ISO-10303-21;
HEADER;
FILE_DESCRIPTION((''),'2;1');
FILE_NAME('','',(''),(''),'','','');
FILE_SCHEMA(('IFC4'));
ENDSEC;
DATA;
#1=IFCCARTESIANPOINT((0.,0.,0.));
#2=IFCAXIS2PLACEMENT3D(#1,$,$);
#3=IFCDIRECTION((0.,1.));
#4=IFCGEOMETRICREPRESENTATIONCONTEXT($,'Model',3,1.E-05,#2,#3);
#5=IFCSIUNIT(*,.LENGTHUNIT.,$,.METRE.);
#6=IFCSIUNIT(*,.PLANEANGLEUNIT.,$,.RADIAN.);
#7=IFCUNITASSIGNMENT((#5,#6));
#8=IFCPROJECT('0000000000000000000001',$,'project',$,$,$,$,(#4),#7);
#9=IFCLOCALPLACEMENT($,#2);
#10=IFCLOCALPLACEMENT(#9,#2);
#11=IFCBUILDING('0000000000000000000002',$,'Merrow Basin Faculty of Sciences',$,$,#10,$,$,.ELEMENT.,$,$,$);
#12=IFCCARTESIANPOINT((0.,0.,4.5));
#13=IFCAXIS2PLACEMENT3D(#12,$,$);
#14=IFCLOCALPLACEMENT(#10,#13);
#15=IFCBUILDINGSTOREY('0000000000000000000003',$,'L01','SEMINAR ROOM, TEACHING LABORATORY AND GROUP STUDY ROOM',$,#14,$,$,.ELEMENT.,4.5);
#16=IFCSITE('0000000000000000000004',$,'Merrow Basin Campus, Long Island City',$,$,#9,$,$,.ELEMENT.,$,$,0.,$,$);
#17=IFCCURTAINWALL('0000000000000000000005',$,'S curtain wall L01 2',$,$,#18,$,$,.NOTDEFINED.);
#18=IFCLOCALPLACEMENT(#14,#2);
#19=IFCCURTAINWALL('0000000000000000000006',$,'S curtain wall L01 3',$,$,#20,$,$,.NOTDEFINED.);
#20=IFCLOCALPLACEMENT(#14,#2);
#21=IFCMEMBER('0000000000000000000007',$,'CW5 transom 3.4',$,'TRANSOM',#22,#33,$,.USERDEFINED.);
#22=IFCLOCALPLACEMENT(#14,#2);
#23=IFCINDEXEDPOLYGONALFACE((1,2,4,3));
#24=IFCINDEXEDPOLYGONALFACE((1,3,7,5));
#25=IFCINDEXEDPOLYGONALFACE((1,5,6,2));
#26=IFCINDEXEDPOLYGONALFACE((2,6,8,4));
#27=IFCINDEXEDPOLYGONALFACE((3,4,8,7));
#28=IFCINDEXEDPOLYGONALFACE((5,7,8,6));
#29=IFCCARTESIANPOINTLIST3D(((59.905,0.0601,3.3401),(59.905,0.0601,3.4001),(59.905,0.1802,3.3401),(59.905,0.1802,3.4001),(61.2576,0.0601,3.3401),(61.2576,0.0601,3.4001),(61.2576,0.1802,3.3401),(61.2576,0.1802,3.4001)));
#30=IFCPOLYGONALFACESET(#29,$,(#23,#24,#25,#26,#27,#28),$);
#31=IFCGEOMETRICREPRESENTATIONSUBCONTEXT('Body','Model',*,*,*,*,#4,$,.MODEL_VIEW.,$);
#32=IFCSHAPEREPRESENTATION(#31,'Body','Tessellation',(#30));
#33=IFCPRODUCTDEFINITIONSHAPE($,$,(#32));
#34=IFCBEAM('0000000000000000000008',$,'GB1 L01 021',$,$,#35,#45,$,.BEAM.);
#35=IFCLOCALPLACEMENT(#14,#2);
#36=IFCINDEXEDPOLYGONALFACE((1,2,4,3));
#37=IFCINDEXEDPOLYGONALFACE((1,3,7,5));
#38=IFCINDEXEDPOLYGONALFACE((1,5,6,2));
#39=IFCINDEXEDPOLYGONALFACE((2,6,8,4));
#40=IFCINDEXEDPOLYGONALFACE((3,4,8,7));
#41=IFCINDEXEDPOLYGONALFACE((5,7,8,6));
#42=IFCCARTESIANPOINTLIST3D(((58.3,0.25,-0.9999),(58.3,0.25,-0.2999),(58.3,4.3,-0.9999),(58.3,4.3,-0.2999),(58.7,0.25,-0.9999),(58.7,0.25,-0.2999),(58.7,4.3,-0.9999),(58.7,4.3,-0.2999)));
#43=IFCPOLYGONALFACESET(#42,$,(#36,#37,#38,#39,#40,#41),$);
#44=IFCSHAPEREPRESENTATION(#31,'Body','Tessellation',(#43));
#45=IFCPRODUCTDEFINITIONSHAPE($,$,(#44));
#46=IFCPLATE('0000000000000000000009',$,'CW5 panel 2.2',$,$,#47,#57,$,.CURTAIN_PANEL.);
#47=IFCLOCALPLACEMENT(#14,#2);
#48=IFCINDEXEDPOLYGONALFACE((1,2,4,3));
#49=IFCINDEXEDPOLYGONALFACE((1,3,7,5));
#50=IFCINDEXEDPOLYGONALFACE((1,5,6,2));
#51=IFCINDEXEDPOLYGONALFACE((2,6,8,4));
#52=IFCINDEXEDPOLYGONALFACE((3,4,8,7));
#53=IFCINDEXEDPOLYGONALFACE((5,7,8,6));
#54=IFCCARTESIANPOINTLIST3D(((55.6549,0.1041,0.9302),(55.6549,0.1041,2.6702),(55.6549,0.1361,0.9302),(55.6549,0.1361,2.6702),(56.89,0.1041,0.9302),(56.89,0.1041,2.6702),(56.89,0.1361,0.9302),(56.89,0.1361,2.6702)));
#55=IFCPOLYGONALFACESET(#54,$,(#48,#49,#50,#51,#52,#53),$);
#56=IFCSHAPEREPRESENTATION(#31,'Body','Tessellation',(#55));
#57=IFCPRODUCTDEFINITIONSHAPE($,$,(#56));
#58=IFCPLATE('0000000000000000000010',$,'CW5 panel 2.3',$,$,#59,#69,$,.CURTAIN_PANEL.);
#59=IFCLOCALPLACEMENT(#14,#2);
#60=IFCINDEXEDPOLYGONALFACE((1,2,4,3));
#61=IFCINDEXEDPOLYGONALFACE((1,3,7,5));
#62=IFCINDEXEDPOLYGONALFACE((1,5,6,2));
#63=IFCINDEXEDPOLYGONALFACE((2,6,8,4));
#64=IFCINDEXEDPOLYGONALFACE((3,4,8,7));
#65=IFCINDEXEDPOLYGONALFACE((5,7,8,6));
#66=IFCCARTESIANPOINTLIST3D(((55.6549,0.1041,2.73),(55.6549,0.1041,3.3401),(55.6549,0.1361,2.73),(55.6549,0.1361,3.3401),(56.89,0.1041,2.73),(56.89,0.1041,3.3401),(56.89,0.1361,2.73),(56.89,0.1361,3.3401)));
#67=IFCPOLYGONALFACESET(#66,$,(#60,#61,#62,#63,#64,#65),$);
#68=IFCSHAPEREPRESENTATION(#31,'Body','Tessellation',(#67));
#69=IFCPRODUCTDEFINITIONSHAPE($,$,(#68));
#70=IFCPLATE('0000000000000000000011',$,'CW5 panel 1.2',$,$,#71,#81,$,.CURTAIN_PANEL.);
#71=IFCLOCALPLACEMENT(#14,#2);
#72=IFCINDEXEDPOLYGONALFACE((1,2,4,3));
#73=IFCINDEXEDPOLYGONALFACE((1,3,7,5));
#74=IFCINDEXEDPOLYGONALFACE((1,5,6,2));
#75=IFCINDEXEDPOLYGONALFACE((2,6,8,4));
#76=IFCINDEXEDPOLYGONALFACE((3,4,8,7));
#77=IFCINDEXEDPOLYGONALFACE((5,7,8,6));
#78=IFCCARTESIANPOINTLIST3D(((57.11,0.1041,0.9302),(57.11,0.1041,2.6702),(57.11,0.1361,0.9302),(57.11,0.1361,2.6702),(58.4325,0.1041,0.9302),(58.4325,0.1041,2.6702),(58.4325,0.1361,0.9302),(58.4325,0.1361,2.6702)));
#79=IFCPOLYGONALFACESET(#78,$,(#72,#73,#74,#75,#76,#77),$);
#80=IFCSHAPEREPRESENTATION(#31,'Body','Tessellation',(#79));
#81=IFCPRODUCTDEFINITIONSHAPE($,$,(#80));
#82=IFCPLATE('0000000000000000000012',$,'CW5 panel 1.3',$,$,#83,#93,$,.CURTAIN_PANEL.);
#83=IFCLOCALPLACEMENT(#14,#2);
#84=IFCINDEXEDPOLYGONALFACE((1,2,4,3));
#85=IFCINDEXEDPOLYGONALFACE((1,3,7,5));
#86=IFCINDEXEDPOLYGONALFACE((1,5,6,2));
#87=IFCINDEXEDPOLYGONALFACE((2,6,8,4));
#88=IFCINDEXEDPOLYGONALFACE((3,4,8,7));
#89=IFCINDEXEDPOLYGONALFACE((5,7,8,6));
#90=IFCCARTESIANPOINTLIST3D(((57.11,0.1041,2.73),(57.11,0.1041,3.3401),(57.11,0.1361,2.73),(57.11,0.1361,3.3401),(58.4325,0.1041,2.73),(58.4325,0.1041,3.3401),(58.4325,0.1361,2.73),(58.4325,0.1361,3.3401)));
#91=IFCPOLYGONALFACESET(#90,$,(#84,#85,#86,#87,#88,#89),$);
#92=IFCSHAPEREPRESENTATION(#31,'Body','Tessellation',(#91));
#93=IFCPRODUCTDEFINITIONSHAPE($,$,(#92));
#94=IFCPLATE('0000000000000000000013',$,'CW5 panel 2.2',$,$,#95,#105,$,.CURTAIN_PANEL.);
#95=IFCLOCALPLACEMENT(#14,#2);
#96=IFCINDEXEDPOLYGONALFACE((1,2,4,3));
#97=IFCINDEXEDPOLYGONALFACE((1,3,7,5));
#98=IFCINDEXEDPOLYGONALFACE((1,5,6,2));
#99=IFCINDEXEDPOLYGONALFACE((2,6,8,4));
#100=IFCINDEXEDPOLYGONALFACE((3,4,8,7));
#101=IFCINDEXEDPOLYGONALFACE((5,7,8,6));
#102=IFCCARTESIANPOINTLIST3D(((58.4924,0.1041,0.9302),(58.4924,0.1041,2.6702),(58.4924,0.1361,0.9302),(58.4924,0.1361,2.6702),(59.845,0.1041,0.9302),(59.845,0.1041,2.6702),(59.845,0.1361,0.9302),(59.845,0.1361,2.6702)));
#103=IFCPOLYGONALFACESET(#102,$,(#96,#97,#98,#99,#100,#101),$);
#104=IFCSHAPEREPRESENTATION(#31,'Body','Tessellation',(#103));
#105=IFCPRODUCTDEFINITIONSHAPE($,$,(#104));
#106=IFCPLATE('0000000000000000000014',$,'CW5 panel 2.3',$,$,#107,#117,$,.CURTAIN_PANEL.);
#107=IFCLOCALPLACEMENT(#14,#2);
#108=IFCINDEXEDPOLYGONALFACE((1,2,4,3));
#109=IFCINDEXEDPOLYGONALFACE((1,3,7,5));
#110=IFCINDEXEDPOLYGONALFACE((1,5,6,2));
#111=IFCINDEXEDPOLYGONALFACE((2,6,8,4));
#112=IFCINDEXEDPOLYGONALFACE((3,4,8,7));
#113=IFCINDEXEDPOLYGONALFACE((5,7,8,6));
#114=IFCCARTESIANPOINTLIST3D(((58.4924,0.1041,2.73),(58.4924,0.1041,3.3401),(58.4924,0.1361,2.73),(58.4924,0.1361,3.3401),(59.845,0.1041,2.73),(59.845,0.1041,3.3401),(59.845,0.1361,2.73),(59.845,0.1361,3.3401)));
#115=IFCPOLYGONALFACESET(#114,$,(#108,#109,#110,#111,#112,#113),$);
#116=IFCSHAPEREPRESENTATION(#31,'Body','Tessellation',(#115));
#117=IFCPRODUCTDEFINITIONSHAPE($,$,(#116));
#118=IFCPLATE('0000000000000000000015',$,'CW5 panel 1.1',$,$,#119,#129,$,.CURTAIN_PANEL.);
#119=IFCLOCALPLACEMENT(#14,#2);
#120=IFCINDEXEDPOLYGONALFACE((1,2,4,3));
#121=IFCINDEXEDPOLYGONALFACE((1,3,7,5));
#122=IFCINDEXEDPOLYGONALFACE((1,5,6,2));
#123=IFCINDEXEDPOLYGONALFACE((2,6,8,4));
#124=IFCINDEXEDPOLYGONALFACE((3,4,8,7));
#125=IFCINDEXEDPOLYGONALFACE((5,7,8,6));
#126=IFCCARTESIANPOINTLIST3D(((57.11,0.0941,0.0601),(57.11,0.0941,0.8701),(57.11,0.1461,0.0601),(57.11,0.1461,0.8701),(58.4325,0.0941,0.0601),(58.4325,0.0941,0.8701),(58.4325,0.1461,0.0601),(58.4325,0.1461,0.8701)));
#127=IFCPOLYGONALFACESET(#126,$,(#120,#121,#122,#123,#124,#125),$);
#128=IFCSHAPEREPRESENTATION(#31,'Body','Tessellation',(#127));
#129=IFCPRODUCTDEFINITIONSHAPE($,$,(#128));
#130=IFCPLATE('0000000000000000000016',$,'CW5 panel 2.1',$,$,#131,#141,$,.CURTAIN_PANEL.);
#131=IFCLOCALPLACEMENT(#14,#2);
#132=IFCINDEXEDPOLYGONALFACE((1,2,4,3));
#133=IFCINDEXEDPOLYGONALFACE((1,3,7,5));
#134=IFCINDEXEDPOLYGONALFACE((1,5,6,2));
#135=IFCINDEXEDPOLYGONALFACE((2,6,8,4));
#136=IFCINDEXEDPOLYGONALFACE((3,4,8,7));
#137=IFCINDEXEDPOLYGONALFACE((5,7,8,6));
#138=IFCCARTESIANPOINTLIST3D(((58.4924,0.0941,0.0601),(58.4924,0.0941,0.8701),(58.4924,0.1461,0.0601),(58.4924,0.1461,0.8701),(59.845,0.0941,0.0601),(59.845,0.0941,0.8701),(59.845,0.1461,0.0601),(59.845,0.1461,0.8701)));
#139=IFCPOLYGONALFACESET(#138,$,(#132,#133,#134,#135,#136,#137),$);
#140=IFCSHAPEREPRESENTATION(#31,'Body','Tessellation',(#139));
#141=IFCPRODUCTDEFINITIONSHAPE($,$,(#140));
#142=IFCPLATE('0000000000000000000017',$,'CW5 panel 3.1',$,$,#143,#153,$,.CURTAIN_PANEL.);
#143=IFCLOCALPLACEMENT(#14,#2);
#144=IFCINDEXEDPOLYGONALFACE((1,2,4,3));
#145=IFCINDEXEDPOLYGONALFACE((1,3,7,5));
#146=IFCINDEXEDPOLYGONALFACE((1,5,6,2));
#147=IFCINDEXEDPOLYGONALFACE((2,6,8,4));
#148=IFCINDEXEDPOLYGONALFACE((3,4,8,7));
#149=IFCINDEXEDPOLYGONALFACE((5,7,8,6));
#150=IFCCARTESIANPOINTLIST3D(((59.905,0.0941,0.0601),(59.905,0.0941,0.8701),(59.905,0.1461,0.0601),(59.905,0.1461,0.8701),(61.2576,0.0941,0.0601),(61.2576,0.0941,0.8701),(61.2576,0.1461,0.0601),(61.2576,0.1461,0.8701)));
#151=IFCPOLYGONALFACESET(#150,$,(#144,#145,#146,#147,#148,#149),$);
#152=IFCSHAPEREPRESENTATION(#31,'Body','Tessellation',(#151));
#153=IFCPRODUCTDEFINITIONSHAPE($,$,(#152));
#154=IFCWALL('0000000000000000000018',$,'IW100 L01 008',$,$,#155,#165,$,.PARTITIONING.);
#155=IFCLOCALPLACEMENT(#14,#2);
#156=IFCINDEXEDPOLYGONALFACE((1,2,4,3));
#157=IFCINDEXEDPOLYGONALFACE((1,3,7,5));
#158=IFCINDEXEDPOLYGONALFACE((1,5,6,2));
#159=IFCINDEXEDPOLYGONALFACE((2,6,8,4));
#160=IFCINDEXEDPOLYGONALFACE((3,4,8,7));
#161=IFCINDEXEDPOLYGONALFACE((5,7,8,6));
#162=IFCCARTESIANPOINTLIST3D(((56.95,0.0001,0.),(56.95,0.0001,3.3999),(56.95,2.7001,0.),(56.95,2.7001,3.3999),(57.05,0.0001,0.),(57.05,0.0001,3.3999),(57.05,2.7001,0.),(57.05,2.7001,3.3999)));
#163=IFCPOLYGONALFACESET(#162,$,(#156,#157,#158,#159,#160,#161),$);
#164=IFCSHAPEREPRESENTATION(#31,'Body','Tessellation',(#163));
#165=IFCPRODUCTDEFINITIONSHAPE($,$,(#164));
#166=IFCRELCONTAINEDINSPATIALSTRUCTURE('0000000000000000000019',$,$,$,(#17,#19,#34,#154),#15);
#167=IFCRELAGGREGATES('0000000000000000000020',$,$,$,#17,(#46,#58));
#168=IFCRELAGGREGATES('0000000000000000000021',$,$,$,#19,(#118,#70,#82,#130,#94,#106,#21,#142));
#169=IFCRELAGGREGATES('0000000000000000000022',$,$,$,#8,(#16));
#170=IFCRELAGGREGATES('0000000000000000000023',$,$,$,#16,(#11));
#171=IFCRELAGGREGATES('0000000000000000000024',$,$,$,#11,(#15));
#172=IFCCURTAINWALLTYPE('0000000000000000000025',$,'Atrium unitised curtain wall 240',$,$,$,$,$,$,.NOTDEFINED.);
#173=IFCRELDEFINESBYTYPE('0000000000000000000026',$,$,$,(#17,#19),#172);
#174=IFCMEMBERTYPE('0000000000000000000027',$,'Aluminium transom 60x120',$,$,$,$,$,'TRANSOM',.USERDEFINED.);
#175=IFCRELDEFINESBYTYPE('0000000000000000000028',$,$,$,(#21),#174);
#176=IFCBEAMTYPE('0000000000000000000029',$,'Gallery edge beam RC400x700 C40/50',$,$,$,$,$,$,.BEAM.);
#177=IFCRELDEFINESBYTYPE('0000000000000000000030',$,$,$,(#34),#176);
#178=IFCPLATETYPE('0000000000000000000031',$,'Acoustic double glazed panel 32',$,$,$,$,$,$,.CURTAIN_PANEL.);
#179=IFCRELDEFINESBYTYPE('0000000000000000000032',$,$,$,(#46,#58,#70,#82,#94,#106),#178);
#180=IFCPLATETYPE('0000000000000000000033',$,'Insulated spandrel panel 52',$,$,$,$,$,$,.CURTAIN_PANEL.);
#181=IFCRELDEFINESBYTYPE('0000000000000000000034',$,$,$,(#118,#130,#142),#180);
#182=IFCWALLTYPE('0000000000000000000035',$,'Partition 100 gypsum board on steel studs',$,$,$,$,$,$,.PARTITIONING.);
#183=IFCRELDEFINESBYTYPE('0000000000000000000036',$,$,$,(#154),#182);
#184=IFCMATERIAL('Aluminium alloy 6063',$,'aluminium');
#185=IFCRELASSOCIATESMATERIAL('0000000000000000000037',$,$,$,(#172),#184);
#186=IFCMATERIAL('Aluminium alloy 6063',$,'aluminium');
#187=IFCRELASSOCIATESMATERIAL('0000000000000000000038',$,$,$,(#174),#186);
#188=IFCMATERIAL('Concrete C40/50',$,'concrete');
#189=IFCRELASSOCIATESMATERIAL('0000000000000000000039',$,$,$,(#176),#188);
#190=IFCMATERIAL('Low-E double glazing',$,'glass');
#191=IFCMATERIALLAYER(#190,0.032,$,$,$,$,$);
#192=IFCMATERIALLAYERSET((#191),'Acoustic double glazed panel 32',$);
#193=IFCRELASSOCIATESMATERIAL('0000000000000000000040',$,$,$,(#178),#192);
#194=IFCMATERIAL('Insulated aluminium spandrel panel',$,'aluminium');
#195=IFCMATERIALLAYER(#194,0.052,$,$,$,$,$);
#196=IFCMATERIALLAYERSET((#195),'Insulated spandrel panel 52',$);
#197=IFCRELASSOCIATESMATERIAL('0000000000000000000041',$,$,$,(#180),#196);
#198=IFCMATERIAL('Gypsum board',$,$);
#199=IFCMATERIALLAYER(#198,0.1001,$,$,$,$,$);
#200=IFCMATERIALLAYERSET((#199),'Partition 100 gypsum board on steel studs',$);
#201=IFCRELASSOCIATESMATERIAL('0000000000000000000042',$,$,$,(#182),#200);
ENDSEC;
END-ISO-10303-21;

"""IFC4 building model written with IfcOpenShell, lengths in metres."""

from ifc_helpers import new_model, si_unit, direction, frame, frame_2d, origin, origin_2d, place, context, subcontext, project, spatial, rectangle, extrude, material, layer, layer_set, material_profile, profile_set, type_object, element, aggregate, save


model = new_model("IFC4")

# Units and contexts
model_context = context("Model", 3, precision=1e-05, world=origin(), true_north=direction((0.0, 1.0)))
body_context = subcontext(model_context, "Body", "Model", "MODEL_VIEW")
ifc_project = project(units=[si_unit("LENGTHUNIT", "METRE"), si_unit("PLANEANGLEUNIT", "RADIAN")], contexts=[model_context])

# Site, building, storey
site_placement = place(None, origin())
site = spatial("IfcSite", under=ifc_project, at=site_placement, Name="Merrow Basin Campus, Long Island City", CompositionType="ELEMENT", RefElevation=0.0)
building_placement = place(site_placement, origin())
building = spatial("IfcBuilding", under=site, at=building_placement, Name="Merrow Basin Faculty of Sciences", CompositionType="ELEMENT")
storey_placement = place(building_placement, frame((0.0, 0.0, 4.5)))
storey = spatial("IfcBuildingStorey", under=building, at=storey_placement, Name="L01", Description="SEMINAR ROOM, TEACHING LABORATORY AND GROUP STUDY ROOM", CompositionType="ELEMENT", Elevation=4.5)

# Curtain wall
ifc_material_1 = material(Name="Aluminium alloy 6063", Category="aluminium")
curtain_wall_type = type_object("IfcCurtainWallType", Name="Atrium unitised curtain wall 240", PredefinedType="NOTDEFINED", material=ifc_material_1)
curtain_wall_1_placement = place(storey_placement, origin())
curtain_wall_1 = element("IfcCurtainWall", 1, at=curtain_wall_1_placement, inside=storey, type_object=curtain_wall_type, Name="S curtain wall L01 2", PredefinedType="NOTDEFINED")

# Curtain wall, member
curtain_wall_2_placement = place(storey_placement, origin())
curtain_wall_2 = element("IfcCurtainWall", 2, at=curtain_wall_2_placement, inside=storey, type_object=curtain_wall_type, Name="S curtain wall L01 3", PredefinedType="NOTDEFINED")
ifc_material_2 = material(Name="Aluminium alloy 6063", Category="aluminium")
ifc_material_profile_1 = material_profile(ifc_material_2, rectangle(XDim=0.1201, YDim=0.0601, at=origin_2d()))
ifc_profile_set_1 = profile_set([ifc_material_profile_1], Name="Aluminium alloy 6063")
member_type_1 = type_object("IfcMemberType", Name="Aluminium transom 60x120", ElementType="TRANSOM", PredefinedType="USERDEFINED", material=ifc_profile_set_1)
member_1_placement = place(storey_placement, frame((59.905, 0.1201, 3.3701), z_axis=(1.0, 0.0, 0.0), x_axis=(0.0, 1.0, 0.0)))
member_1 = element("IfcMember", 3, at=member_1_placement, type_object=member_type_1, Name="CW5 transom 3.4", ObjectType="TRANSOM", PredefinedType="USERDEFINED", context=body_context, shape_type="SweptSolid", body=[
    extrude(rectangle(XDim=0.1201, YDim=0.0601, at=origin_2d()), origin(), (0.0, 0.0, 1.0), 1.3525),
])

# Beam
ifc_material_3 = material(Name="Concrete C40/50", Category="concrete")
ifc_material_profile_2 = material_profile(ifc_material_3, rectangle(XDim=0.3999, YDim=0.7, at=origin_2d()))
ifc_profile_set_2 = profile_set([ifc_material_profile_2], Name="Concrete C40/50")
beam_type = type_object("IfcBeamType", Name="Gallery edge beam RC400x700 C40/50", PredefinedType="BEAM", material=ifc_profile_set_2)
beam_placement = place(storey_placement, frame((58.5, 0.25, -0.6499), z_axis=(0.0, 1.0, 0.0), x_axis=(-1.0, 0.0, 0.0)))
element("IfcBeam", 4, at=beam_placement, inside=storey, type_object=beam_type, Name="GB1 L01 021", PredefinedType="BEAM", context=body_context, shape_type="SweptSolid", body=[
    extrude(rectangle(XDim=0.3999, YDim=0.7, at=origin_2d()), origin(), (0.0, 0.0, 1.0), 4.05),
])

# Plates
ifc_material_4 = material(Name="Low-E double glazing", Category="glass")
ifc_layer_1 = layer(ifc_material_4, 0.032)
ifc_layer_set_1 = layer_set([ifc_layer_1], Name="Acoustic double glazed panel 32")
plate_type_1 = type_object("IfcPlateType", Name="Acoustic double glazed panel 32", PredefinedType="CURTAIN_PANEL", material=ifc_layer_set_1)
plate_1_placement = place(storey_placement, frame((56.2725, 0.1201, 0.9302), z_axis=(0.0, 0.0, 1.0), x_axis=(1.0, 0.0, 0.0)))
plate_1 = element("IfcPlate", 5, at=plate_1_placement, type_object=plate_type_1, Name="CW5 panel 2.2", PredefinedType="CURTAIN_PANEL", context=body_context, shape_type="SweptSolid", body=[
    extrude(rectangle(XDim=1.2351, YDim=0.032, at=origin_2d()), origin(), (0.0, 0.0, 1.0), 1.74),
])
plate_2_placement = place(storey_placement, frame((56.2725, 0.1201, 2.73), z_axis=(0.0, 0.0, 1.0), x_axis=(1.0, 0.0, 0.0)))
plate_2 = element("IfcPlate", 6, at=plate_2_placement, type_object=plate_type_1, Name="CW5 panel 2.3", PredefinedType="CURTAIN_PANEL", context=body_context, shape_type="SweptSolid", body=[
    extrude(rectangle(XDim=1.2351, YDim=0.032, at=origin_2d()), origin(), (0.0, 0.0, 1.0), 0.6101),
])
aggregate(curtain_wall_1, [plate_1, plate_2])
plate_3_placement = place(storey_placement, frame((57.7712, 0.1201, 0.9302), z_axis=(0.0, 0.0, 1.0), x_axis=(1.0, 0.0, 0.0)))
plate_3 = element("IfcPlate", 7, at=plate_3_placement, type_object=plate_type_1, Name="CW5 panel 1.2", PredefinedType="CURTAIN_PANEL", context=body_context, shape_type="SweptSolid", body=[
    extrude(rectangle(XDim=1.3225, YDim=0.032, at=origin_2d()), origin(), (0.0, 0.0, 1.0), 1.74),
])
plate_4_placement = place(storey_placement, frame((57.7712, 0.1201, 2.73), z_axis=(0.0, 0.0, 1.0), x_axis=(1.0, 0.0, 0.0)))
plate_4 = element("IfcPlate", 8, at=plate_4_placement, type_object=plate_type_1, Name="CW5 panel 1.3", PredefinedType="CURTAIN_PANEL", context=body_context, shape_type="SweptSolid", body=[
    extrude(rectangle(XDim=1.3225, YDim=0.032, at=origin_2d()), origin(), (0.0, 0.0, 1.0), 0.6101),
])
plate_5_placement = place(storey_placement, frame((59.1687, 0.1201, 0.9302), z_axis=(0.0, 0.0, 1.0), x_axis=(1.0, 0.0, 0.0)))
plate_5 = element("IfcPlate", 9, at=plate_5_placement, type_object=plate_type_1, Name="CW5 panel 2.2", PredefinedType="CURTAIN_PANEL", context=body_context, shape_type="SweptSolid", body=[
    extrude(rectangle(XDim=1.3525, YDim=0.032, at=origin_2d()), origin(), (0.0, 0.0, 1.0), 1.74),
])
plate_6_placement = place(storey_placement, frame((59.1687, 0.1201, 2.73), z_axis=(0.0, 0.0, 1.0), x_axis=(1.0, 0.0, 0.0)))
plate_6 = element("IfcPlate", 10, at=plate_6_placement, type_object=plate_type_1, Name="CW5 panel 2.3", PredefinedType="CURTAIN_PANEL", context=body_context, shape_type="SweptSolid", body=[
    extrude(rectangle(XDim=1.3525, YDim=0.032, at=origin_2d()), origin(), (0.0, 0.0, 1.0), 0.6101),
])
ifc_material_5 = material(Name="Insulated aluminium spandrel panel", Category="aluminium")
ifc_layer_2 = layer(ifc_material_5, 0.052)
ifc_layer_set_2 = layer_set([ifc_layer_2], Name="Insulated spandrel panel 52")
plate_type_2 = type_object("IfcPlateType", Name="Insulated spandrel panel 52", PredefinedType="CURTAIN_PANEL", material=ifc_layer_set_2)
plate_7_placement = place(storey_placement, frame((57.7712, 0.1201, 0.0601), z_axis=(0.0, 0.0, 1.0), x_axis=(1.0, 0.0, 0.0)))
plate_7 = element("IfcPlate", 11, at=plate_7_placement, type_object=plate_type_2, Name="CW5 panel 1.1", PredefinedType="CURTAIN_PANEL", context=body_context, shape_type="SweptSolid", body=[
    extrude(rectangle(XDim=1.3225, YDim=0.052, at=origin_2d()), origin(), (0.0, 0.0, 1.0), 0.8101),
])
plate_8_placement = place(storey_placement, frame((59.1687, 0.1201, 0.0601), z_axis=(0.0, 0.0, 1.0), x_axis=(1.0, 0.0, 0.0)))
plate_8 = element("IfcPlate", 12, at=plate_8_placement, type_object=plate_type_2, Name="CW5 panel 2.1", PredefinedType="CURTAIN_PANEL", context=body_context, shape_type="SweptSolid", body=[
    extrude(rectangle(XDim=1.3525, YDim=0.052, at=origin_2d()), origin(), (0.0, 0.0, 1.0), 0.8101),
])
plate_9_placement = place(storey_placement, frame((60.5813, 0.1201, 0.0601), z_axis=(0.0, 0.0, 1.0), x_axis=(1.0, 0.0, 0.0)))
plate_9 = element("IfcPlate", 13, at=plate_9_placement, type_object=plate_type_2, Name="CW5 panel 3.1", PredefinedType="CURTAIN_PANEL", context=body_context, shape_type="SweptSolid", body=[
    extrude(rectangle(XDim=1.3525, YDim=0.052, at=origin_2d()), origin(), (0.0, 0.0, 1.0), 0.8101),
])
aggregate(curtain_wall_2, [plate_7, plate_3, plate_4, plate_8, plate_5, plate_6, member_1, plate_9])

# Wall
ifc_material_6 = material(Name="Gypsum board")
ifc_layer_3 = layer(ifc_material_6, 0.1001)
ifc_layer_set_3 = layer_set([ifc_layer_3], Name="Partition 100 gypsum board on steel studs")
wall_type = type_object("IfcWallType", Name="Partition 100 gypsum board on steel studs", PredefinedType="PARTITIONING", material=ifc_layer_set_3)
wall_placement = place(storey_placement, frame((57.0, 0.0, 0.0), z_axis=(0.0, 0.0, 1.0), x_axis=(0.0, 1.0, 0.0)))
element("IfcWall", 14, at=wall_placement, inside=storey, type_object=wall_type, Name="IW100 L01 008", PredefinedType="PARTITIONING", context=body_context, shape_type="SweptSolid", body=[
    extrude(rectangle(XDim=2.7, YDim=0.1001, at=frame_2d((1.3501, 0.0))), origin(), (0.0, 0.0, 1.0), 3.3999),
])

save(model, "model.ifc")
